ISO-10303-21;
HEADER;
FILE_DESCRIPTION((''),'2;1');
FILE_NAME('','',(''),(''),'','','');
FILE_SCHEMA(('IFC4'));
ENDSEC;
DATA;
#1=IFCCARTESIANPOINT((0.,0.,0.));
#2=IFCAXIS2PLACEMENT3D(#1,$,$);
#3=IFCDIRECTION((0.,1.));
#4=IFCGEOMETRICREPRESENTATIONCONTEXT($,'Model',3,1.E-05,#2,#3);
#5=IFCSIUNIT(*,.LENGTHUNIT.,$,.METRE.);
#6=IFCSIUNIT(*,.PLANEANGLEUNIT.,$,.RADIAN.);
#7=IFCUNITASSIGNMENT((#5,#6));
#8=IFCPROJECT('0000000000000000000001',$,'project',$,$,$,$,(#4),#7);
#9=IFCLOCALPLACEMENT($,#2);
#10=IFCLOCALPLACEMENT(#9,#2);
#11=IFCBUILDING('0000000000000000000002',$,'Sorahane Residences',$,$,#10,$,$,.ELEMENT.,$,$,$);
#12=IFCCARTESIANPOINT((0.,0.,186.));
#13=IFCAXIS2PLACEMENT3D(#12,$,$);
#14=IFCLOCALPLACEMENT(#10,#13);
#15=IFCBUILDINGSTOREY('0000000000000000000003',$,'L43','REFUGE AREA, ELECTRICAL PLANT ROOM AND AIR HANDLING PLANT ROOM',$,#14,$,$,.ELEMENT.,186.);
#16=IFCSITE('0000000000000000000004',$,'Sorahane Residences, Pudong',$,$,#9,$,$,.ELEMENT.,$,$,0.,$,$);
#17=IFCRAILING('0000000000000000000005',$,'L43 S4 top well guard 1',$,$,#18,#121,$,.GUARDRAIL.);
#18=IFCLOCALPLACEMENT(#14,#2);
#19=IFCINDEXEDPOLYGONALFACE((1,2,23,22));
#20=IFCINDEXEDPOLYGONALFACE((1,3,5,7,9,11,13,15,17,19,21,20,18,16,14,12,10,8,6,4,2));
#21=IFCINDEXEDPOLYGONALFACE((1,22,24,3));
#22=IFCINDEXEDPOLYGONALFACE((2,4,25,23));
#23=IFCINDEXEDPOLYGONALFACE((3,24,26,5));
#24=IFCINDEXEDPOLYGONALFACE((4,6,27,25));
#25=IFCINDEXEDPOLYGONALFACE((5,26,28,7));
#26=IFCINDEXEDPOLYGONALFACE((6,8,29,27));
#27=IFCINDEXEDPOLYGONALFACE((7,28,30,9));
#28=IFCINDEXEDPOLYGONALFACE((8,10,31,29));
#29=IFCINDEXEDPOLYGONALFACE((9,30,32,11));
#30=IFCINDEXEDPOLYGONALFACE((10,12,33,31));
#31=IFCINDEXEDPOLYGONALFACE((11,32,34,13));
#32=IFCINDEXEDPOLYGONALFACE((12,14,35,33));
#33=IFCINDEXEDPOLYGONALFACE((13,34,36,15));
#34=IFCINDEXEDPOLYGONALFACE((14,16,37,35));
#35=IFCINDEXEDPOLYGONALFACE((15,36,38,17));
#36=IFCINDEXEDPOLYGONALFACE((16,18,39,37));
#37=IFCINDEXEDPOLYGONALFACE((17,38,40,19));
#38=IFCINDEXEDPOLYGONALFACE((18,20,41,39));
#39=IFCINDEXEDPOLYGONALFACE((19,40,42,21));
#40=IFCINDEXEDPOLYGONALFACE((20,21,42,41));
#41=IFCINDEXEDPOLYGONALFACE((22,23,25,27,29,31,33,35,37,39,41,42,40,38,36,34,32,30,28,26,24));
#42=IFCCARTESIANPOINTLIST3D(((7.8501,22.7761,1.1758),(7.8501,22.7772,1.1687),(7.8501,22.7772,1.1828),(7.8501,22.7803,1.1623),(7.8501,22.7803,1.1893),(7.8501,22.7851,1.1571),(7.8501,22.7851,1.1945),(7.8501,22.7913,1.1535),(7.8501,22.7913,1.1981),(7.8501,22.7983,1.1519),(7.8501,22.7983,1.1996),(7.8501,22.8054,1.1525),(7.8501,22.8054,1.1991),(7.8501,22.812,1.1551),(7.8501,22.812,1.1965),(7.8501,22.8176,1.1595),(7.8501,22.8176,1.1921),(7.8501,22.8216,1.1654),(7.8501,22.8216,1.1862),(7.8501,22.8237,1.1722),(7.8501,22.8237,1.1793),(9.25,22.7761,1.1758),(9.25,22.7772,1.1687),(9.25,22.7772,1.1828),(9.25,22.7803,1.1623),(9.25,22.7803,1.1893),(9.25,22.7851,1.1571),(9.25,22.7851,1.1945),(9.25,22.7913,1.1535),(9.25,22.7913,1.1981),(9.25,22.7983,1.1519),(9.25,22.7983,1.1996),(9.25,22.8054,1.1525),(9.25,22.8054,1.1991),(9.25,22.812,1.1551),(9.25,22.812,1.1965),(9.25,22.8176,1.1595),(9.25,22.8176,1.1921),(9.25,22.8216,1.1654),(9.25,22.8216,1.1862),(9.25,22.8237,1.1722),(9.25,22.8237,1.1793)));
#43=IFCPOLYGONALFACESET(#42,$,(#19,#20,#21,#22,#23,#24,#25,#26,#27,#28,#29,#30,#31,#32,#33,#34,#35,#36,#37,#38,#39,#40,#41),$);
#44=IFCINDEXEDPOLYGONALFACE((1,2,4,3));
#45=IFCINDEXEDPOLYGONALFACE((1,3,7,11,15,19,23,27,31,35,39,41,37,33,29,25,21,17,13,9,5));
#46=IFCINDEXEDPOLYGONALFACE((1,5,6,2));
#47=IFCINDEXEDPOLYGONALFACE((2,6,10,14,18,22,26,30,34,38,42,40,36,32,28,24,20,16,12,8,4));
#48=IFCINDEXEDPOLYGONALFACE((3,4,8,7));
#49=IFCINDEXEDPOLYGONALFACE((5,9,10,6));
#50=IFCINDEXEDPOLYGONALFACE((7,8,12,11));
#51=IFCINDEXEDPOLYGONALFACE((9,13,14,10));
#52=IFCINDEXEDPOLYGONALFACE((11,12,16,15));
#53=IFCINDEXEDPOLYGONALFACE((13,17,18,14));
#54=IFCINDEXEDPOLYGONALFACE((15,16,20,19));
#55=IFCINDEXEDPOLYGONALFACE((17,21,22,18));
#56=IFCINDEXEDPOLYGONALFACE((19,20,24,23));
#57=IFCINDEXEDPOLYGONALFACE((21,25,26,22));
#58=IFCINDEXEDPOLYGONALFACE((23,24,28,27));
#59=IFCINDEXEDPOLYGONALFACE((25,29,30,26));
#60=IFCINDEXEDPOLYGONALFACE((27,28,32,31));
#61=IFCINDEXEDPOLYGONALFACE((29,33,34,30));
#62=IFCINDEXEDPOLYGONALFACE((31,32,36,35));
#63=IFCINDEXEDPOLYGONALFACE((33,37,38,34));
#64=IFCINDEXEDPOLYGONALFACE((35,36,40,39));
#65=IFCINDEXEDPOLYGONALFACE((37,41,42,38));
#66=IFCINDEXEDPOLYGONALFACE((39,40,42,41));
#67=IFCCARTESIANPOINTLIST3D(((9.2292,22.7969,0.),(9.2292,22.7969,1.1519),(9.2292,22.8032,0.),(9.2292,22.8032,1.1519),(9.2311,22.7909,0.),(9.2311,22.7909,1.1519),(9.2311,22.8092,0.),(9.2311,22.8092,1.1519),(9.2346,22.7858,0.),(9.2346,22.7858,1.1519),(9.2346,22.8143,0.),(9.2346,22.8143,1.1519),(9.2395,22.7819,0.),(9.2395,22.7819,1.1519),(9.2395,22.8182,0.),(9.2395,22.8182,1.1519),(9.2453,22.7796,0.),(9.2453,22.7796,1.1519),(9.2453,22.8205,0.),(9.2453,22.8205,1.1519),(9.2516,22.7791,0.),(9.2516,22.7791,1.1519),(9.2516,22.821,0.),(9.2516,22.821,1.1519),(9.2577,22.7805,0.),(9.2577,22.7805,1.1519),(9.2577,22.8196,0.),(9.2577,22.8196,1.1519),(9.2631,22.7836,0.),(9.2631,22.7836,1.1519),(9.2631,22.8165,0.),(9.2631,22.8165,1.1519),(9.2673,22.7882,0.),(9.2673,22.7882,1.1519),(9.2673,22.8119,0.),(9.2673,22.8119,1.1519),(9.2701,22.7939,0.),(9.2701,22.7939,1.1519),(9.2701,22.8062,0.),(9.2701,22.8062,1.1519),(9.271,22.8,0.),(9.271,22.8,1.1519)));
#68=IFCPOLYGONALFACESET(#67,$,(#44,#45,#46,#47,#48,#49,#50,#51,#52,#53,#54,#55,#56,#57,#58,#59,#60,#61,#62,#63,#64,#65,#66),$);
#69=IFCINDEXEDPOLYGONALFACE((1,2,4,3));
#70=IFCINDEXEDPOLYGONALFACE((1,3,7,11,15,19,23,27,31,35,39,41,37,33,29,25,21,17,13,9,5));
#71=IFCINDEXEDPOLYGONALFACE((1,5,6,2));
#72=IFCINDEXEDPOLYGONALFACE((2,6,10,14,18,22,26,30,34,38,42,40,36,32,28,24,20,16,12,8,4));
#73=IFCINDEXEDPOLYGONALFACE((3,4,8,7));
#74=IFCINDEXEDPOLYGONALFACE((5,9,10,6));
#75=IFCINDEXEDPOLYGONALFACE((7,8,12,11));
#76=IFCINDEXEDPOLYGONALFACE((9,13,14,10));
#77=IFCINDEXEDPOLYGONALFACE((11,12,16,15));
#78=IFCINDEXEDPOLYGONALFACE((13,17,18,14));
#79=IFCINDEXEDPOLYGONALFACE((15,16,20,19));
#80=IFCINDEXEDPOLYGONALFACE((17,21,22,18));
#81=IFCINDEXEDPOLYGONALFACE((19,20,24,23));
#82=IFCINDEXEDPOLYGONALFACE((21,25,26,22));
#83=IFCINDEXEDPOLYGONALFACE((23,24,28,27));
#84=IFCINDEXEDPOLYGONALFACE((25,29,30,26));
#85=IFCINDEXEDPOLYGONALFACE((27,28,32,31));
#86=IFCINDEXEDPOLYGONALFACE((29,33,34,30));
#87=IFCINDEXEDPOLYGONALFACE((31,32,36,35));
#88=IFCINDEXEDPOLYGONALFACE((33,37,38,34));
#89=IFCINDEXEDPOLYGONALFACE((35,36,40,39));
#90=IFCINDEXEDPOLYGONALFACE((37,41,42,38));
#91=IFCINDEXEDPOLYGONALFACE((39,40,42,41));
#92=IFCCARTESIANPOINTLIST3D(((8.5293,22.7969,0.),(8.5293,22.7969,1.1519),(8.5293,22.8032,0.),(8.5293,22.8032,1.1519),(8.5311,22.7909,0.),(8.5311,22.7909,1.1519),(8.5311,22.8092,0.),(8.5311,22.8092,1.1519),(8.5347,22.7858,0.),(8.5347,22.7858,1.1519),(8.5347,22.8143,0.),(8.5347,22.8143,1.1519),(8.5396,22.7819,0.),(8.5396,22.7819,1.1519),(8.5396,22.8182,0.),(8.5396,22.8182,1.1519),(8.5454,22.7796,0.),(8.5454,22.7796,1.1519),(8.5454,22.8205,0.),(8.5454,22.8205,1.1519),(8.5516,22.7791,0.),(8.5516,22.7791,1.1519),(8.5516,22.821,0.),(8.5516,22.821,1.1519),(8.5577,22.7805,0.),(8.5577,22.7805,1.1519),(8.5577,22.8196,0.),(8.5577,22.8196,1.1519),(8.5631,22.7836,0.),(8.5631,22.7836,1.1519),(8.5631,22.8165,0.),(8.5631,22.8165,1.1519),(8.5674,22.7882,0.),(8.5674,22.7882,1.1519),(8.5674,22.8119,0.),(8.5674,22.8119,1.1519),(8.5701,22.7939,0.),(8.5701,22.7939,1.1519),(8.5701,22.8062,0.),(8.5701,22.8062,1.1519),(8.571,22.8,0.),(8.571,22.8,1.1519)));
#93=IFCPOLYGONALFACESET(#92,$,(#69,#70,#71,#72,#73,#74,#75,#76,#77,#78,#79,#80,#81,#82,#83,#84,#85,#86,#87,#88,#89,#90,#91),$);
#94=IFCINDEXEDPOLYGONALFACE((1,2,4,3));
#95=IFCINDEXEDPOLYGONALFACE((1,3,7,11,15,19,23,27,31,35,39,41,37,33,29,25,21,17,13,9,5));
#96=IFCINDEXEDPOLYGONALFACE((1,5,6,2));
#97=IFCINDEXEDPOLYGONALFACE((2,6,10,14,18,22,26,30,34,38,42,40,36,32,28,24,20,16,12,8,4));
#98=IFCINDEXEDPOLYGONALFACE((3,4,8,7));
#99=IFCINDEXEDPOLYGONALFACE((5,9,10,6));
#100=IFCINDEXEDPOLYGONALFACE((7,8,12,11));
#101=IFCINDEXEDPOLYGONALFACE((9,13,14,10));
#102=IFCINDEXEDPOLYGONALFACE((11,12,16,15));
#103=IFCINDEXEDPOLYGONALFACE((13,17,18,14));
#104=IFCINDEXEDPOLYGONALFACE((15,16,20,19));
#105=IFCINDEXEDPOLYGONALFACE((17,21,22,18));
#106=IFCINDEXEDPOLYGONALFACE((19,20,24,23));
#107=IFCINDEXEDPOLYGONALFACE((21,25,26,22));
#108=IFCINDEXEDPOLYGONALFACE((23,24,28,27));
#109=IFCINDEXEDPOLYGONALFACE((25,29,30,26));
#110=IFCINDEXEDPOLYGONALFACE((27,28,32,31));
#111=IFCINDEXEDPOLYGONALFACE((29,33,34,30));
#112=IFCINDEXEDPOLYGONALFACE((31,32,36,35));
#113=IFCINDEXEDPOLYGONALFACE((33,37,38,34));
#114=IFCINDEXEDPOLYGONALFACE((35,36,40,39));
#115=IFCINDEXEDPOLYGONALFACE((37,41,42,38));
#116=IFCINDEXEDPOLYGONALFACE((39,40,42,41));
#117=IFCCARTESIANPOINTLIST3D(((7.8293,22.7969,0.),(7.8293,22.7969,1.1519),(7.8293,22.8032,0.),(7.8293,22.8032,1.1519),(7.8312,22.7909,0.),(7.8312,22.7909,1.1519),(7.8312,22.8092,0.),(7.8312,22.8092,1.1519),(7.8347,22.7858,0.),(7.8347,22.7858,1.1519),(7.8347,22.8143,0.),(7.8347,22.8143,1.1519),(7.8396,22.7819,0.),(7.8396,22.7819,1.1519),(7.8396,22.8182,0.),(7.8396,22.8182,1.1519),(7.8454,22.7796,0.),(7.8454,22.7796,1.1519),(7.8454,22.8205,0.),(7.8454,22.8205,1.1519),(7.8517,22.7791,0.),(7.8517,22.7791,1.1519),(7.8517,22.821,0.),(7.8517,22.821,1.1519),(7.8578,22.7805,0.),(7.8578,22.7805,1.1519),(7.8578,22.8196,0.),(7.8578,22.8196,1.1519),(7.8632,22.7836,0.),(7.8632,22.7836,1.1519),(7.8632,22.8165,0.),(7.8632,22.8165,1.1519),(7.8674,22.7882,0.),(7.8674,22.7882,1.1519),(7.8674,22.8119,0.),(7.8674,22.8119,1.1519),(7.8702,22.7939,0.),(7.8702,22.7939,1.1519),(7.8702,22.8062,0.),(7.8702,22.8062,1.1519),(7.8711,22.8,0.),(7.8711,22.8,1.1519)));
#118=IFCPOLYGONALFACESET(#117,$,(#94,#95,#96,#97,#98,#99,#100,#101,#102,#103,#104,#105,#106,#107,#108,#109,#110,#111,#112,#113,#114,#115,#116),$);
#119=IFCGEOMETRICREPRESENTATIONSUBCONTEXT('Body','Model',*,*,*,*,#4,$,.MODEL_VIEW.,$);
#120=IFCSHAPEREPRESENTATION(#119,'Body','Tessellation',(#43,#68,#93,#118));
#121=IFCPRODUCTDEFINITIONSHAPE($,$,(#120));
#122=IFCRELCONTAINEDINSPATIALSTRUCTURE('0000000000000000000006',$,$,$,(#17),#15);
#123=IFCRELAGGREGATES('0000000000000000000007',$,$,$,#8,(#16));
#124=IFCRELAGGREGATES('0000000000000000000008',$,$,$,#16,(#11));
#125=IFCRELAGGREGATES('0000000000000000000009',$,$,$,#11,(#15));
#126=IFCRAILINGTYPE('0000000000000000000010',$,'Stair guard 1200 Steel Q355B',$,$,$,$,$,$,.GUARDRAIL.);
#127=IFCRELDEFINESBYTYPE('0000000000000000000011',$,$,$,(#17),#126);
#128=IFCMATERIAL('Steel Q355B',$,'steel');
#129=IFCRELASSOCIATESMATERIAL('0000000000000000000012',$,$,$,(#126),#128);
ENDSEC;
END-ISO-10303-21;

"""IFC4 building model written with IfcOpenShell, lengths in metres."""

from ifc_helpers import new_model, si_unit, direction, frame, origin, origin_2d, place, context, subcontext, project, spatial, circle, extrude, material, type_object, element, save


model = new_model("IFC4")

# Units and contexts
model_context = context("Model", 3, precision=1e-05, world=origin(), true_north=direction((0.0, 1.0)))
body_context = subcontext(model_context, "Body", "Model", "MODEL_VIEW")
ifc_project = project(units=[si_unit("LENGTHUNIT", "METRE"), si_unit("PLANEANGLEUNIT", "RADIAN")], contexts=[model_context])

# Site, building, storey
site_placement = place(None, origin())
site = spatial("IfcSite", under=ifc_project, at=site_placement, Name="Sorahane Residences, Pudong", CompositionType="ELEMENT", RefElevation=0.0)
building_placement = place(site_placement, origin())
building = spatial("IfcBuilding", under=site, at=building_placement, Name="Sorahane Residences", CompositionType="ELEMENT")
storey_placement = place(building_placement, frame((0.0, 0.0, 186.0)))
storey = spatial("IfcBuildingStorey", under=building, at=storey_placement, Name="L43", Description="REFUGE AREA, ELECTRICAL PLANT ROOM AND AIR HANDLING PLANT ROOM", CompositionType="ELEMENT", Elevation=186.0)

# Railing
ifc_material_1 = material(Name="Steel Q355B", Category="steel")
railing_type_1 = type_object("IfcRailingType", Name="Stair guard 1200 Steel Q355B", PredefinedType="GUARDRAIL", material=ifc_material_1)
railing_1_placement = place(storey_placement, frame((9.25, 22.8, 0.0)))
element("IfcRailing", 1, at=railing_1_placement, inside=storey, type_object=railing_type_1, Name="L43 S4 top well guard 1", PredefinedType="GUARDRAIL", context=body_context, shape_type="SweptSolid", body=[
    extrude(circle(Radius=0.0239, at=origin_2d()), frame((0.0, 0.0, 1.1758), z_axis=(-1.0, 0.0, 0.0), x_axis=(0.0, -1.0, 0.0)), (0.0, 0.0, 1.0), 1.3999),
    extrude(circle(Radius=0.021, at=origin_2d()), origin(), (0.0, 0.0, 1.0), 1.1519),
    extrude(circle(Radius=0.021, at=origin_2d()), frame((-0.7, 0.0, 0.0)), (0.0, 0.0, 1.0), 1.1519),
    extrude(circle(Radius=0.021, at=origin_2d()), frame((-1.3999, 0.0, 0.0)), (0.0, 0.0, 1.0), 1.1519),
])

save(model, "model.ifc")
